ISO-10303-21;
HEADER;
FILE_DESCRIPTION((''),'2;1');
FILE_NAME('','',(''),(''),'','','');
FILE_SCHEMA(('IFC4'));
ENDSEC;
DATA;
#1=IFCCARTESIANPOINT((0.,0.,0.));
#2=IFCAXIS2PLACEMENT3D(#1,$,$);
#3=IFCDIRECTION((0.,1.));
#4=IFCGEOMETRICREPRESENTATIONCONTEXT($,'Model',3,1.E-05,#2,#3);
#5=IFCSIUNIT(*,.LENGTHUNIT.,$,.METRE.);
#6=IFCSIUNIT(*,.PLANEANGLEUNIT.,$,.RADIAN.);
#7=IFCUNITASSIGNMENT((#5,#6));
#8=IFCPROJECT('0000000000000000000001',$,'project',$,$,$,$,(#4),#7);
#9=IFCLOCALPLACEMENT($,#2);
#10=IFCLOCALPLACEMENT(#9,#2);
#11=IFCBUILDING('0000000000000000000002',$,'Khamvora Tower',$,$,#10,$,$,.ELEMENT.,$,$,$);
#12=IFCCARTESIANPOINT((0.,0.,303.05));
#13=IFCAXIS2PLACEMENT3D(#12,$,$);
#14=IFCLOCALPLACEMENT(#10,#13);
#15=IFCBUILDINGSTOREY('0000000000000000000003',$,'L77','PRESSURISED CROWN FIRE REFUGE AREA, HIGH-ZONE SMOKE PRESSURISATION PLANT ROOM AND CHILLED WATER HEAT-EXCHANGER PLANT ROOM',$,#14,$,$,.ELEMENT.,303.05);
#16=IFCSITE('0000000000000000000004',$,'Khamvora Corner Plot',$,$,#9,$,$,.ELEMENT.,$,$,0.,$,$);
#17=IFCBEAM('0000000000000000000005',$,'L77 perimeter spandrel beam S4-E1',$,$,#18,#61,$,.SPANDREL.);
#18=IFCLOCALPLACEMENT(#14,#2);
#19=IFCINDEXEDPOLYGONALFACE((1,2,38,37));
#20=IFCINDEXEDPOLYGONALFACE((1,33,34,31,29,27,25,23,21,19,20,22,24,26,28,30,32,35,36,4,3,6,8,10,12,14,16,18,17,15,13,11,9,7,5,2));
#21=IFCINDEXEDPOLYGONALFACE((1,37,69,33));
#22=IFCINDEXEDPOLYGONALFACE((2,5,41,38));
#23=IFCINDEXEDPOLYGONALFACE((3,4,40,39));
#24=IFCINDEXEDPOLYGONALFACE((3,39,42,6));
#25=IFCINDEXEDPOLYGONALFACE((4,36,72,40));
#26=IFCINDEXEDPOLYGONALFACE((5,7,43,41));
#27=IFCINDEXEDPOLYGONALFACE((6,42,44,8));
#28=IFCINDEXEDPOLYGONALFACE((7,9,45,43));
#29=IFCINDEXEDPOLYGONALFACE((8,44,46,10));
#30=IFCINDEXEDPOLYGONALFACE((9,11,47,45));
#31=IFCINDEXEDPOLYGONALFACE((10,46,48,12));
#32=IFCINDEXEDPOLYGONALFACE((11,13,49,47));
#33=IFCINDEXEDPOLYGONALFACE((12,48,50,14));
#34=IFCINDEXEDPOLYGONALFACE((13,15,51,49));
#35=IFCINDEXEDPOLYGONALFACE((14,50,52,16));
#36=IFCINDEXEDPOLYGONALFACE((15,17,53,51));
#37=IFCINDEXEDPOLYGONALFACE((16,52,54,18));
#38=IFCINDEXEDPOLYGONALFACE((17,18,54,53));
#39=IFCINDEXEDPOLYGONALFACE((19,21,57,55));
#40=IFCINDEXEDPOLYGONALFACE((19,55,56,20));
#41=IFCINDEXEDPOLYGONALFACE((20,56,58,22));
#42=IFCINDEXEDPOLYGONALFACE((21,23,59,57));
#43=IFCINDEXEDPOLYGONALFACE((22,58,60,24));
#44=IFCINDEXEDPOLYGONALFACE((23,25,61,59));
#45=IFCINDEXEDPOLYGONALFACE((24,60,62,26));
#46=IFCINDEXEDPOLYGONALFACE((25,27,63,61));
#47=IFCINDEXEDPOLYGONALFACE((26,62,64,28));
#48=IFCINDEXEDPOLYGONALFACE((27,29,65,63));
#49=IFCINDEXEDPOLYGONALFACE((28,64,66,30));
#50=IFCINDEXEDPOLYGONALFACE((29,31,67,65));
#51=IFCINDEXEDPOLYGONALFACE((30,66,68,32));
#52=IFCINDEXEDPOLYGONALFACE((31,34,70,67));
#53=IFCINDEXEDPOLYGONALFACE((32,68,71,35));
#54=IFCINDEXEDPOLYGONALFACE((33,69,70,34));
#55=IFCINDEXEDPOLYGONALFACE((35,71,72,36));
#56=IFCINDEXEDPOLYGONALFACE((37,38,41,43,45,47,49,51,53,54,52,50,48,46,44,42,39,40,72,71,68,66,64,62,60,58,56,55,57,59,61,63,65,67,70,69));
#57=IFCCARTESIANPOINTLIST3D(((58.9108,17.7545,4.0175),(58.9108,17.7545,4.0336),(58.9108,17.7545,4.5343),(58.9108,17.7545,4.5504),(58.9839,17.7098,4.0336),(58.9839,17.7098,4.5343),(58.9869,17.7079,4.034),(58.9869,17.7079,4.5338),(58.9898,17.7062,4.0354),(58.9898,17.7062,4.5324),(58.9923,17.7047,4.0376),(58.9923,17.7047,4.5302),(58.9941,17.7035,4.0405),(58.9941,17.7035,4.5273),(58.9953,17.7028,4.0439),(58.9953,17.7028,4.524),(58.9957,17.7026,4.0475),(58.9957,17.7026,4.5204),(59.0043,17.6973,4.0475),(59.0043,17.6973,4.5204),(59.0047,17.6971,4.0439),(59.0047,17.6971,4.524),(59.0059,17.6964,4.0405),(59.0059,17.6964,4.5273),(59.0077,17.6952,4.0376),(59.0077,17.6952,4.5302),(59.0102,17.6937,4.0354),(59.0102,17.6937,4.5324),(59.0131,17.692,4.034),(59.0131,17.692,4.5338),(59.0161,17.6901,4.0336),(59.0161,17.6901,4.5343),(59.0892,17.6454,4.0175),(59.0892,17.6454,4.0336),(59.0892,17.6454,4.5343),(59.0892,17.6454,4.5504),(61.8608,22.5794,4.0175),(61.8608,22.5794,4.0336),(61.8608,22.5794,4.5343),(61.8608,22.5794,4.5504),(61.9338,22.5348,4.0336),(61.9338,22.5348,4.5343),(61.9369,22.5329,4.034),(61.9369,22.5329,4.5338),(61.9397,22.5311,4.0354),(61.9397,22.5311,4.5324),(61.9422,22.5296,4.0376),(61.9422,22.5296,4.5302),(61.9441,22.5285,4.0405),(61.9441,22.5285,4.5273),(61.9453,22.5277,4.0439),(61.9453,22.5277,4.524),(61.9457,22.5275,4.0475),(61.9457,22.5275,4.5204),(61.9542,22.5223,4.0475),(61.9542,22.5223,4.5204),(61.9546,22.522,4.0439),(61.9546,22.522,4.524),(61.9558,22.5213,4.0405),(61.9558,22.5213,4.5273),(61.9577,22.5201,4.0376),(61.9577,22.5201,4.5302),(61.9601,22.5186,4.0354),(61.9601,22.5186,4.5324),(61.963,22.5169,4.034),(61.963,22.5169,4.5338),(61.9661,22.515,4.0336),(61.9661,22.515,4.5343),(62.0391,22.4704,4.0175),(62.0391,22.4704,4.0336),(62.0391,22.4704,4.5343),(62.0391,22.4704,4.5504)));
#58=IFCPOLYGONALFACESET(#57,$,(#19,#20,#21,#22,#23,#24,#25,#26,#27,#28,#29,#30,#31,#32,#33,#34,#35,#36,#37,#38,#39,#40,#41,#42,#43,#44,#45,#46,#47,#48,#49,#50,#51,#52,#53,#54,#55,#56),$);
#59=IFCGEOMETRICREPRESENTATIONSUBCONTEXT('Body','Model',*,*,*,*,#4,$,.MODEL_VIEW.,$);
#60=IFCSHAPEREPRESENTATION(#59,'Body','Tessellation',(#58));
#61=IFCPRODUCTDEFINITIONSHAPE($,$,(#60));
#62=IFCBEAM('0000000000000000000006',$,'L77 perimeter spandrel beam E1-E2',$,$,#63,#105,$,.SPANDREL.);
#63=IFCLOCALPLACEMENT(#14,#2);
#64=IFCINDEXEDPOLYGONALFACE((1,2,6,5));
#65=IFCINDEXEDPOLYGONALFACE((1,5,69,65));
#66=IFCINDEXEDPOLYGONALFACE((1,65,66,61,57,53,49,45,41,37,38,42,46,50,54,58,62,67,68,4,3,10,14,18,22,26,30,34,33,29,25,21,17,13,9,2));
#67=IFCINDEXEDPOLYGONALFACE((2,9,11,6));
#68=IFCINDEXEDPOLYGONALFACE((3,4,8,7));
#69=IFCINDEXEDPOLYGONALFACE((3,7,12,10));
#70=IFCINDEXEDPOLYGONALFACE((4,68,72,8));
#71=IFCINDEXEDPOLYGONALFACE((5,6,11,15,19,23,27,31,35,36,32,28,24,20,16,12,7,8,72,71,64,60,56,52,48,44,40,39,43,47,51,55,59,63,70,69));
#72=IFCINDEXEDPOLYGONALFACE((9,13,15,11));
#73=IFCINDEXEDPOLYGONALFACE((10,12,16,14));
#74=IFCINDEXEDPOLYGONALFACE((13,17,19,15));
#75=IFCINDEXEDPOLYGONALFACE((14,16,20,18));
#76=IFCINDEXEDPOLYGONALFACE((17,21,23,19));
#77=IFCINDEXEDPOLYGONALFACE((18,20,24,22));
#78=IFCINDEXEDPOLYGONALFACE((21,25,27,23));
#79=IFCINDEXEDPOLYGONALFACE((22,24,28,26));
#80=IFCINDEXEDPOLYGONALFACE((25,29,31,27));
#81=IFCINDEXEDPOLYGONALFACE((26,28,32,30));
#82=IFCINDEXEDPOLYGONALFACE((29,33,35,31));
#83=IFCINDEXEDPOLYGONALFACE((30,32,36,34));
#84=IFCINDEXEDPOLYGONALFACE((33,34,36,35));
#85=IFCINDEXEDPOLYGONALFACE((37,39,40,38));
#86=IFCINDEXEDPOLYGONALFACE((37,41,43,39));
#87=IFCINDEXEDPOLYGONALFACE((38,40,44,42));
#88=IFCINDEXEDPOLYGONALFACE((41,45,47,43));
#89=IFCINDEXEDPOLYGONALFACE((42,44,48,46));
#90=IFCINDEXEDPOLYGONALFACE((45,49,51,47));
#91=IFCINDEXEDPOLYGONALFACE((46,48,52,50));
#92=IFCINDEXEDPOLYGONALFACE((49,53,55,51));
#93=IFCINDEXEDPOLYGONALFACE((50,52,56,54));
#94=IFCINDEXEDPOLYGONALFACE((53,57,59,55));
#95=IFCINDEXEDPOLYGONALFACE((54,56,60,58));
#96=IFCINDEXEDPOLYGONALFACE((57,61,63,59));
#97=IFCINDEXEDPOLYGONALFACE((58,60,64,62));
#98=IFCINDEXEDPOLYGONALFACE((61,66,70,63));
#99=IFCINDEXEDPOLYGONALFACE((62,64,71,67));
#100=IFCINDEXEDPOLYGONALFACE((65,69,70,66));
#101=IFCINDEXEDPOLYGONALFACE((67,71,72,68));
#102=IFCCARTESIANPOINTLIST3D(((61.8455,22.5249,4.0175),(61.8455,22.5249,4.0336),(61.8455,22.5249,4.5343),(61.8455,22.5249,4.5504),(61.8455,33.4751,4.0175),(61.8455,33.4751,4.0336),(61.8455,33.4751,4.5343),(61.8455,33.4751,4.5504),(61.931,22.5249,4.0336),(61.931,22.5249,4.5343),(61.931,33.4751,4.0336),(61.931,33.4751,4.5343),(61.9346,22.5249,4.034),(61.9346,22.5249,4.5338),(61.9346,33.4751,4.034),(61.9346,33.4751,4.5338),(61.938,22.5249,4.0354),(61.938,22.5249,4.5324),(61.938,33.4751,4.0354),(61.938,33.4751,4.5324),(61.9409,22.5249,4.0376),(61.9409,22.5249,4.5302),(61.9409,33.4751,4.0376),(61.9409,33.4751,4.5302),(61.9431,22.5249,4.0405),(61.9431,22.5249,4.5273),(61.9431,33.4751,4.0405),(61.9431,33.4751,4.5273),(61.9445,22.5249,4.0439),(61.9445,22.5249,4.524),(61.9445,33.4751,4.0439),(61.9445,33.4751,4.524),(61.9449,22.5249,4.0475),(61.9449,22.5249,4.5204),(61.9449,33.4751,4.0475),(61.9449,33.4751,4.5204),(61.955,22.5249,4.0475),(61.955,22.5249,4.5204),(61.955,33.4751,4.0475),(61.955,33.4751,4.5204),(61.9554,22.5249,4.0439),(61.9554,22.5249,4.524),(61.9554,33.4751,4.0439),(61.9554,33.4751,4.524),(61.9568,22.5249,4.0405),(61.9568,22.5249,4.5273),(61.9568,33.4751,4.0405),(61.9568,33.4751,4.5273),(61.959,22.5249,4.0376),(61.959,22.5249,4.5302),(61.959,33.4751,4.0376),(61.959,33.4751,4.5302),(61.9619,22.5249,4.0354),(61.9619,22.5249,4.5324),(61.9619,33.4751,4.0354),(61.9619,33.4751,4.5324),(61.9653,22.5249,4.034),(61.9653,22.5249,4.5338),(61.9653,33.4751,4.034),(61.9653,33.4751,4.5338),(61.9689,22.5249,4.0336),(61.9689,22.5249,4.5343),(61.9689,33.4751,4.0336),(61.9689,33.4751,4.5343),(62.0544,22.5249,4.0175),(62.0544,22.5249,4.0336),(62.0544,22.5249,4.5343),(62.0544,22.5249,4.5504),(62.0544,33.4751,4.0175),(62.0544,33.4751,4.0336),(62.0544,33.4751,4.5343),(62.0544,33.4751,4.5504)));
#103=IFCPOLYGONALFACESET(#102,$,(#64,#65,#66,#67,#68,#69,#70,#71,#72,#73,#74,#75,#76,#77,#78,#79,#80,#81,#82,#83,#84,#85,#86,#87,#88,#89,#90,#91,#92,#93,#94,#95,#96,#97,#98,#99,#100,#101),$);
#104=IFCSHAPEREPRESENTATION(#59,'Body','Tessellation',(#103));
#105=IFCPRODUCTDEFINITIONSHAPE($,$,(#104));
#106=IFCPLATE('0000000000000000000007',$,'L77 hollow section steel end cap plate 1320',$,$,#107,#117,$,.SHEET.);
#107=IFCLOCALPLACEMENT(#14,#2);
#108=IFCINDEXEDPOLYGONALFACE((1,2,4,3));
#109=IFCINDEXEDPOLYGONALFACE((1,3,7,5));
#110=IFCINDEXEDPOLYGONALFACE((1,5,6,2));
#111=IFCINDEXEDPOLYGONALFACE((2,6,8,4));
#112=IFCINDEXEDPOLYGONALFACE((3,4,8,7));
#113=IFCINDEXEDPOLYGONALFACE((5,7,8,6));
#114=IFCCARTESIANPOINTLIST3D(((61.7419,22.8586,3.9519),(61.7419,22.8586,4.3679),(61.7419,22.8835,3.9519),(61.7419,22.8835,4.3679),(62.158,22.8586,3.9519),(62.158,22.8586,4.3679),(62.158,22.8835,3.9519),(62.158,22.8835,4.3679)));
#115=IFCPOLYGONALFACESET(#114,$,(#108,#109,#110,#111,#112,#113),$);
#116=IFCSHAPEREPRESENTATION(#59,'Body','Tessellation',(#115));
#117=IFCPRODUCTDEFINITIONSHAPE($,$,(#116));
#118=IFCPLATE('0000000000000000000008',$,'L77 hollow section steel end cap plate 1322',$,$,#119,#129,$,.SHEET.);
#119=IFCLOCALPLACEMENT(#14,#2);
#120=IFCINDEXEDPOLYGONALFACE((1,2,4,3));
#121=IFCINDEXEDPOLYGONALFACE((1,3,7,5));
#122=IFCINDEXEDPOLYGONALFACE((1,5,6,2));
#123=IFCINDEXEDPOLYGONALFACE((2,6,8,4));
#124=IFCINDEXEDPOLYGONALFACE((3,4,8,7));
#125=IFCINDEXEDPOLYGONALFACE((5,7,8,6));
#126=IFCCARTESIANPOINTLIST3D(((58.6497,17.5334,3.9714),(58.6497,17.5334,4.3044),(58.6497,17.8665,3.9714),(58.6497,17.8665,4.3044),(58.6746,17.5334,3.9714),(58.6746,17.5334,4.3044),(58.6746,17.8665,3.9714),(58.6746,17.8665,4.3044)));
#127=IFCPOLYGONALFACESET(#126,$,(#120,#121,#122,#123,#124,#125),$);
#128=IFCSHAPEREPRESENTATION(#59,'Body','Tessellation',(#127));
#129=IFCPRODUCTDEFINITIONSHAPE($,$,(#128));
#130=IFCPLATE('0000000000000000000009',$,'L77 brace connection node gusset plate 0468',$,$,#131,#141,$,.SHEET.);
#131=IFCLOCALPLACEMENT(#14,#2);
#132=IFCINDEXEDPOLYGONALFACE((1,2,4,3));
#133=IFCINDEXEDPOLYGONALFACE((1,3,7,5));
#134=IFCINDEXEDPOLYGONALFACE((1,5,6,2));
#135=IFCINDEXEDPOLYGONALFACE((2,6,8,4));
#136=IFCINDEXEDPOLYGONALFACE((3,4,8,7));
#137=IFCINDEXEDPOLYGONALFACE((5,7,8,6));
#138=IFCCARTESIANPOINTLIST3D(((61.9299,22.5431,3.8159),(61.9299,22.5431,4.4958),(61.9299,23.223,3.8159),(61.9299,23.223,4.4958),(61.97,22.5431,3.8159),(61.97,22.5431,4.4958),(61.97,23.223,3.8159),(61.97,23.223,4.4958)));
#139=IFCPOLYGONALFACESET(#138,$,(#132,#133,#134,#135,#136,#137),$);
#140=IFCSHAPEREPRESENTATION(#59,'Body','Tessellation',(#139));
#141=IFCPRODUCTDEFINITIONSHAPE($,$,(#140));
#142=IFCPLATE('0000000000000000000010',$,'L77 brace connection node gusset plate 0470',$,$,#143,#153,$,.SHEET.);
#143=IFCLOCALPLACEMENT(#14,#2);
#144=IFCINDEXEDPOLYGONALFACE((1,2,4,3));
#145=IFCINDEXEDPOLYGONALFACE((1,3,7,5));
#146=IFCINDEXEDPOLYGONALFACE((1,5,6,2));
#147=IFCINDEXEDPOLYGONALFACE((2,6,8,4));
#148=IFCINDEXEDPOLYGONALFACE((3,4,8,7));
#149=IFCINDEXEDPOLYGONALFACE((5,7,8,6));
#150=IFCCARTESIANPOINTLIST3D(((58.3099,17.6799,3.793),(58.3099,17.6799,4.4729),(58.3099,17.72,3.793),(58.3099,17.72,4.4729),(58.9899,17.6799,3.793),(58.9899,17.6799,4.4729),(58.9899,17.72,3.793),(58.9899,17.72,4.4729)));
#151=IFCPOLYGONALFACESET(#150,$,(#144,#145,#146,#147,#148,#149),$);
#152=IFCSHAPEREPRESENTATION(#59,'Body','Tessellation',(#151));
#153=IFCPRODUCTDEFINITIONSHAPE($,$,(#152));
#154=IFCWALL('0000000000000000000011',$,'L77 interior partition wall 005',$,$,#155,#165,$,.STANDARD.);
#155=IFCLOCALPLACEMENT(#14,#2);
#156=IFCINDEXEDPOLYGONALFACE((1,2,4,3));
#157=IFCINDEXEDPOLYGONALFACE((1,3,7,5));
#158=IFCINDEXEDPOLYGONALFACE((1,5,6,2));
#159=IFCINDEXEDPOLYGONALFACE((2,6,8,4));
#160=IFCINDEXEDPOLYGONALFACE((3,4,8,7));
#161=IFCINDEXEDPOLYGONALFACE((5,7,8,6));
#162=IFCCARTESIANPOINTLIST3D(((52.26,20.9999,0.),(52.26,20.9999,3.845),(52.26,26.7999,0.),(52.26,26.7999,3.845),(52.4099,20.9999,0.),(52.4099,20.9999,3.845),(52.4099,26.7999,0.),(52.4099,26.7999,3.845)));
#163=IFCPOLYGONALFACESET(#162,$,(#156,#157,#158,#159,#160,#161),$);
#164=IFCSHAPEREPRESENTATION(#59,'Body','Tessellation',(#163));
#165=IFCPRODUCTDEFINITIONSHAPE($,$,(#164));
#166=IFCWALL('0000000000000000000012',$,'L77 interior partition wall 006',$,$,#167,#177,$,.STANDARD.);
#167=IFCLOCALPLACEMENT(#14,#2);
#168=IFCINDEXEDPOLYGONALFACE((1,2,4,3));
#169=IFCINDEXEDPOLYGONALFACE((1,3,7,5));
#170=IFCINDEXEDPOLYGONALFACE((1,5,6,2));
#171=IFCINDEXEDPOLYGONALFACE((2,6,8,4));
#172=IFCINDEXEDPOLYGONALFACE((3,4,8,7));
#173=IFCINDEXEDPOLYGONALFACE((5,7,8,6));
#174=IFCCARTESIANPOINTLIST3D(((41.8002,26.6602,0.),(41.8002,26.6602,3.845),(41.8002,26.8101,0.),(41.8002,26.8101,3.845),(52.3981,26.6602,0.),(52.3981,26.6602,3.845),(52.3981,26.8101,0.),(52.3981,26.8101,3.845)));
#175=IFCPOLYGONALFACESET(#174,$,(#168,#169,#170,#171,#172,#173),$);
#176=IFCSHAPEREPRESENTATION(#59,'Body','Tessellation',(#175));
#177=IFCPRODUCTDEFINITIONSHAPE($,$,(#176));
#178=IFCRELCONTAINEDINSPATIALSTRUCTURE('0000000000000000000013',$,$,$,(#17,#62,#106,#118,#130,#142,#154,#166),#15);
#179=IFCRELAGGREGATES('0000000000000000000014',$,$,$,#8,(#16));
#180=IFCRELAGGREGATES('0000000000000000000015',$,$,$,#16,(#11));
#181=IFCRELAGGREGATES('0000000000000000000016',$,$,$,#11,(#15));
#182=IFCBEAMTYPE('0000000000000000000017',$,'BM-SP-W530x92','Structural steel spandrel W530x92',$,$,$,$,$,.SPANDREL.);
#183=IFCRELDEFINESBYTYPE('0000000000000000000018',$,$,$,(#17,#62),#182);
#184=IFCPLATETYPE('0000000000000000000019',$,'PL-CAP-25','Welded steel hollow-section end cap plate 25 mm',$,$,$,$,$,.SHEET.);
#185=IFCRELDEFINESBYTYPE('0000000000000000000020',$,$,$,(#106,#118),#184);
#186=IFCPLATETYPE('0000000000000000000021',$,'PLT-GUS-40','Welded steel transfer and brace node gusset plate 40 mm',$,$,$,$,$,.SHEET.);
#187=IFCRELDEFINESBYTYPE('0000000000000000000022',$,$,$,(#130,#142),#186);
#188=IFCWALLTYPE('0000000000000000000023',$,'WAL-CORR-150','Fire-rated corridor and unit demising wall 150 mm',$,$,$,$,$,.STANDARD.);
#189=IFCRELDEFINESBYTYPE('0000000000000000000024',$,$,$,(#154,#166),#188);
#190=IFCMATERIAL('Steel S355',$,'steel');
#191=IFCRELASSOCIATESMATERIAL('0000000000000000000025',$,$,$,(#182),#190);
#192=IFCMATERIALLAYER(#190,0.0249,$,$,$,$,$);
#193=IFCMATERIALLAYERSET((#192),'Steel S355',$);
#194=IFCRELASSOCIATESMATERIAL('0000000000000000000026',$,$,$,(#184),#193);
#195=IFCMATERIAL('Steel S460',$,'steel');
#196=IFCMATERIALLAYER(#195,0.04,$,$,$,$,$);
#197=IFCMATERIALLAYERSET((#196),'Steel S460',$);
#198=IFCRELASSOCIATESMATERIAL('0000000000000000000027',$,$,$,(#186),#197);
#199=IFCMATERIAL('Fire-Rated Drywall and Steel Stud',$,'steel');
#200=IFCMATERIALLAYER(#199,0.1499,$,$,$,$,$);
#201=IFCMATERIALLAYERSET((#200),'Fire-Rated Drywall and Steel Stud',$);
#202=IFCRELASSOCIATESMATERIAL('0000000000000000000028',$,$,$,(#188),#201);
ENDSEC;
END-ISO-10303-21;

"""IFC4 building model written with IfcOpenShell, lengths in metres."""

from ifc_helpers import new_model, si_unit, direction, frame, frame_2d, origin, origin_2d, place, context, subcontext, project, spatial, rectangle, i_section, extrude, material, layer, layer_set, material_profile, profile_set, type_object, element, save


model = new_model("IFC4")

# Units and contexts
model_context = context("Model", 3, precision=1e-05, world=origin(), true_north=direction((0.0, 1.0)))
body_context = subcontext(model_context, "Body", "Model", "MODEL_VIEW")
ifc_project = project(units=[si_unit("LENGTHUNIT", "METRE"), si_unit("PLANEANGLEUNIT", "RADIAN")], contexts=[model_context])

# Site, building, storey
site_placement = place(None, origin())
site = spatial("IfcSite", under=ifc_project, at=site_placement, Name="Khamvora Corner Plot", CompositionType="ELEMENT", RefElevation=0.0)
building_placement = place(site_placement, origin())
building = spatial("IfcBuilding", under=site, at=building_placement, Name="Khamvora Tower", CompositionType="ELEMENT")
storey_placement = place(building_placement, frame((0.0, 0.0, 303.05)))
storey = spatial("IfcBuildingStorey", under=building, at=storey_placement, Name="L77", Description="PRESSURISED CROWN FIRE REFUGE AREA, HIGH-ZONE SMOKE PRESSURISATION PLANT ROOM AND CHILLED WATER HEAT-EXCHANGER PLANT ROOM", CompositionType="ELEMENT", Elevation=303.05)

# Shared definitions
ifc_material_1 = material(Name="Steel S355", Category="steel")

# Beams
ifc_material_profile_1 = material_profile(ifc_material_1, i_section(OverallWidth=0.209, OverallDepth=0.533, WebThickness=0.01, FlangeThickness=0.0161, FilletRadius=0.0139, at=origin_2d()), Name="W530x92")
ifc_profile_set_1 = profile_set([ifc_material_profile_1], Name="Steel S355")
beam_type_1 = type_object("IfcBeamType", Name="BM-SP-W530x92", Description="Structural steel spandrel W530x92", PredefinedType="SPANDREL", material=ifc_profile_set_1)
beam_1_placement = place(storey_placement, frame((59.0, 17.7, 4.2839), z_axis=(0.521626, 0.853174, 0.0), x_axis=(-0.853174, 0.521626, 0.0)))
element("IfcBeam", 1, at=beam_1_placement, inside=storey, type_object=beam_type_1, Name="L77 perimeter spandrel beam S4-E1", PredefinedType="SPANDREL", context=body_context, shape_type="SweptSolid", body=[
    extrude(i_section(OverallWidth=0.209, OverallDepth=0.533, WebThickness=0.01, FlangeThickness=0.0161, FilletRadius=0.0139, at=origin_2d()), origin(), (0.0, 0.0, 1.0), 5.6553),
])
beam_2_placement = place(storey_placement, frame((61.95, 22.5249, 4.2839), z_axis=(0.0, 1.0, 0.0), x_axis=(-1.0, 0.0, 0.0)))
element("IfcBeam", 2, at=beam_2_placement, inside=storey, type_object=beam_type_1, Name="L77 perimeter spandrel beam E1-E2", PredefinedType="SPANDREL", context=body_context, shape_type="SweptSolid", body=[
    extrude(i_section(OverallWidth=0.209, OverallDepth=0.533, WebThickness=0.01, FlangeThickness=0.0161, FilletRadius=0.0139, at=origin_2d()), origin(), (0.0, 0.0, 1.0), 10.9502),
])

# Plates
ifc_layer_1 = layer(ifc_material_1, 0.0249)
ifc_layer_set_1 = layer_set([ifc_layer_1], Name="Steel S355")
plate_type_1 = type_object("IfcPlateType", Name="PL-CAP-25", Description="Welded steel hollow-section end cap plate 25 mm", PredefinedType="SHEET", material=ifc_layer_set_1)
plate_1_placement = place(storey_placement, frame((61.95, 22.8711, 3.9519), z_axis=(0.0, 0.0, 1.0), x_axis=(0.0, -1.0, 0.0)))
element("IfcPlate", 3, at=plate_1_placement, inside=storey, type_object=plate_type_1, Name="L77 hollow section steel end cap plate 1320", PredefinedType="SHEET", context=body_context, shape_type="SweptSolid", body=[
    extrude(rectangle(XDim=0.0249, YDim=0.416, at=origin_2d()), origin(), (0.0, 0.0, 1.0), 0.416),
])
plate_2_placement = place(storey_placement, frame((58.6621, 17.7, 3.9714), z_axis=(0.0, 0.0, 1.0), x_axis=(1.0, 0.0, 0.0)))
element("IfcPlate", 4, at=plate_2_placement, inside=storey, type_object=plate_type_1, Name="L77 hollow section steel end cap plate 1322", PredefinedType="SHEET", context=body_context, shape_type="SweptSolid", body=[
    extrude(rectangle(XDim=0.0249, YDim=0.333, at=origin_2d()), origin(), (0.0, 0.0, 1.0), 0.333),
])
ifc_material_2 = material(Name="Steel S460", Category="steel")
ifc_layer_2 = layer(ifc_material_2, 0.04)
ifc_layer_set_2 = layer_set([ifc_layer_2], Name="Steel S460")
plate_type_2 = type_object("IfcPlateType", Name="PLT-GUS-40", Description="Welded steel transfer and brace node gusset plate 40 mm", PredefinedType="SHEET", material=ifc_layer_set_2)
for number, where, z_axis, x_axis, name in (
    (5, (61.95, 22.8831, 3.8159), (0.0, 0.0, 1.0), (0.0, 1.0, 0.0), "L77 brace connection node gusset plate 0468"),
    (6, (58.6499, 17.7, 3.793), (0.0, 0.0, 1.0), (1.0, 0.0, 0.0), "L77 brace connection node gusset plate 0470"),
):
    element("IfcPlate", number, at=place(storey_placement, frame(where, z_axis=z_axis, x_axis=x_axis)), inside=storey, type_object=plate_type_2, Name=name, PredefinedType="SHEET", context=body_context, shape_type="SweptSolid", body=[
        extrude(rectangle(XDim=0.6799, YDim=0.04, at=origin_2d()), origin(), (0.0, 0.0, 1.0), 0.6799),
    ])

# Walls
ifc_material_3 = material(Name="Fire-Rated Drywall and Steel Stud", Category="steel")
ifc_layer_3 = layer(ifc_material_3, 0.1499)
ifc_layer_set_3 = layer_set([ifc_layer_3], Name="Fire-Rated Drywall and Steel Stud")
wall_type_1 = type_object("IfcWallType", Name="WAL-CORR-150", Description="Fire-rated corridor and unit demising wall 150 mm", PredefinedType="STANDARD", material=ifc_layer_set_3)
wall_1_placement = place(storey_placement, frame((52.335, 21.0, 0.0), z_axis=(0.0, 0.0, 1.0), x_axis=(0.0, 1.0, 0.0)))
element("IfcWall", 7, at=wall_1_placement, inside=storey, type_object=wall_type_1, Name="L77 interior partition wall 005", PredefinedType="STANDARD", context=body_context, shape_type="SweptSolid", body=[
    extrude(rectangle(XDim=5.8, YDim=0.1499, at=frame_2d((2.8999, 0.0))), origin(), (0.0, 0.0, 1.0), 3.845),
])
wall_2_placement = place(storey_placement, frame((52.3979, 26.7351, 0.0), z_axis=(0.0, 0.0, 1.0), x_axis=(-1.0, 0.0, 0.0)))
element("IfcWall", 8, at=wall_2_placement, inside=storey, type_object=wall_type_1, Name="L77 interior partition wall 006", PredefinedType="STANDARD", context=body_context, shape_type="SweptSolid", body=[
    extrude(rectangle(XDim=10.5979, YDim=0.1499, at=frame_2d((5.2988, 0.0))), origin(), (0.0, 0.0, 1.0), 3.845),
])

save(model, "model.ifc")
